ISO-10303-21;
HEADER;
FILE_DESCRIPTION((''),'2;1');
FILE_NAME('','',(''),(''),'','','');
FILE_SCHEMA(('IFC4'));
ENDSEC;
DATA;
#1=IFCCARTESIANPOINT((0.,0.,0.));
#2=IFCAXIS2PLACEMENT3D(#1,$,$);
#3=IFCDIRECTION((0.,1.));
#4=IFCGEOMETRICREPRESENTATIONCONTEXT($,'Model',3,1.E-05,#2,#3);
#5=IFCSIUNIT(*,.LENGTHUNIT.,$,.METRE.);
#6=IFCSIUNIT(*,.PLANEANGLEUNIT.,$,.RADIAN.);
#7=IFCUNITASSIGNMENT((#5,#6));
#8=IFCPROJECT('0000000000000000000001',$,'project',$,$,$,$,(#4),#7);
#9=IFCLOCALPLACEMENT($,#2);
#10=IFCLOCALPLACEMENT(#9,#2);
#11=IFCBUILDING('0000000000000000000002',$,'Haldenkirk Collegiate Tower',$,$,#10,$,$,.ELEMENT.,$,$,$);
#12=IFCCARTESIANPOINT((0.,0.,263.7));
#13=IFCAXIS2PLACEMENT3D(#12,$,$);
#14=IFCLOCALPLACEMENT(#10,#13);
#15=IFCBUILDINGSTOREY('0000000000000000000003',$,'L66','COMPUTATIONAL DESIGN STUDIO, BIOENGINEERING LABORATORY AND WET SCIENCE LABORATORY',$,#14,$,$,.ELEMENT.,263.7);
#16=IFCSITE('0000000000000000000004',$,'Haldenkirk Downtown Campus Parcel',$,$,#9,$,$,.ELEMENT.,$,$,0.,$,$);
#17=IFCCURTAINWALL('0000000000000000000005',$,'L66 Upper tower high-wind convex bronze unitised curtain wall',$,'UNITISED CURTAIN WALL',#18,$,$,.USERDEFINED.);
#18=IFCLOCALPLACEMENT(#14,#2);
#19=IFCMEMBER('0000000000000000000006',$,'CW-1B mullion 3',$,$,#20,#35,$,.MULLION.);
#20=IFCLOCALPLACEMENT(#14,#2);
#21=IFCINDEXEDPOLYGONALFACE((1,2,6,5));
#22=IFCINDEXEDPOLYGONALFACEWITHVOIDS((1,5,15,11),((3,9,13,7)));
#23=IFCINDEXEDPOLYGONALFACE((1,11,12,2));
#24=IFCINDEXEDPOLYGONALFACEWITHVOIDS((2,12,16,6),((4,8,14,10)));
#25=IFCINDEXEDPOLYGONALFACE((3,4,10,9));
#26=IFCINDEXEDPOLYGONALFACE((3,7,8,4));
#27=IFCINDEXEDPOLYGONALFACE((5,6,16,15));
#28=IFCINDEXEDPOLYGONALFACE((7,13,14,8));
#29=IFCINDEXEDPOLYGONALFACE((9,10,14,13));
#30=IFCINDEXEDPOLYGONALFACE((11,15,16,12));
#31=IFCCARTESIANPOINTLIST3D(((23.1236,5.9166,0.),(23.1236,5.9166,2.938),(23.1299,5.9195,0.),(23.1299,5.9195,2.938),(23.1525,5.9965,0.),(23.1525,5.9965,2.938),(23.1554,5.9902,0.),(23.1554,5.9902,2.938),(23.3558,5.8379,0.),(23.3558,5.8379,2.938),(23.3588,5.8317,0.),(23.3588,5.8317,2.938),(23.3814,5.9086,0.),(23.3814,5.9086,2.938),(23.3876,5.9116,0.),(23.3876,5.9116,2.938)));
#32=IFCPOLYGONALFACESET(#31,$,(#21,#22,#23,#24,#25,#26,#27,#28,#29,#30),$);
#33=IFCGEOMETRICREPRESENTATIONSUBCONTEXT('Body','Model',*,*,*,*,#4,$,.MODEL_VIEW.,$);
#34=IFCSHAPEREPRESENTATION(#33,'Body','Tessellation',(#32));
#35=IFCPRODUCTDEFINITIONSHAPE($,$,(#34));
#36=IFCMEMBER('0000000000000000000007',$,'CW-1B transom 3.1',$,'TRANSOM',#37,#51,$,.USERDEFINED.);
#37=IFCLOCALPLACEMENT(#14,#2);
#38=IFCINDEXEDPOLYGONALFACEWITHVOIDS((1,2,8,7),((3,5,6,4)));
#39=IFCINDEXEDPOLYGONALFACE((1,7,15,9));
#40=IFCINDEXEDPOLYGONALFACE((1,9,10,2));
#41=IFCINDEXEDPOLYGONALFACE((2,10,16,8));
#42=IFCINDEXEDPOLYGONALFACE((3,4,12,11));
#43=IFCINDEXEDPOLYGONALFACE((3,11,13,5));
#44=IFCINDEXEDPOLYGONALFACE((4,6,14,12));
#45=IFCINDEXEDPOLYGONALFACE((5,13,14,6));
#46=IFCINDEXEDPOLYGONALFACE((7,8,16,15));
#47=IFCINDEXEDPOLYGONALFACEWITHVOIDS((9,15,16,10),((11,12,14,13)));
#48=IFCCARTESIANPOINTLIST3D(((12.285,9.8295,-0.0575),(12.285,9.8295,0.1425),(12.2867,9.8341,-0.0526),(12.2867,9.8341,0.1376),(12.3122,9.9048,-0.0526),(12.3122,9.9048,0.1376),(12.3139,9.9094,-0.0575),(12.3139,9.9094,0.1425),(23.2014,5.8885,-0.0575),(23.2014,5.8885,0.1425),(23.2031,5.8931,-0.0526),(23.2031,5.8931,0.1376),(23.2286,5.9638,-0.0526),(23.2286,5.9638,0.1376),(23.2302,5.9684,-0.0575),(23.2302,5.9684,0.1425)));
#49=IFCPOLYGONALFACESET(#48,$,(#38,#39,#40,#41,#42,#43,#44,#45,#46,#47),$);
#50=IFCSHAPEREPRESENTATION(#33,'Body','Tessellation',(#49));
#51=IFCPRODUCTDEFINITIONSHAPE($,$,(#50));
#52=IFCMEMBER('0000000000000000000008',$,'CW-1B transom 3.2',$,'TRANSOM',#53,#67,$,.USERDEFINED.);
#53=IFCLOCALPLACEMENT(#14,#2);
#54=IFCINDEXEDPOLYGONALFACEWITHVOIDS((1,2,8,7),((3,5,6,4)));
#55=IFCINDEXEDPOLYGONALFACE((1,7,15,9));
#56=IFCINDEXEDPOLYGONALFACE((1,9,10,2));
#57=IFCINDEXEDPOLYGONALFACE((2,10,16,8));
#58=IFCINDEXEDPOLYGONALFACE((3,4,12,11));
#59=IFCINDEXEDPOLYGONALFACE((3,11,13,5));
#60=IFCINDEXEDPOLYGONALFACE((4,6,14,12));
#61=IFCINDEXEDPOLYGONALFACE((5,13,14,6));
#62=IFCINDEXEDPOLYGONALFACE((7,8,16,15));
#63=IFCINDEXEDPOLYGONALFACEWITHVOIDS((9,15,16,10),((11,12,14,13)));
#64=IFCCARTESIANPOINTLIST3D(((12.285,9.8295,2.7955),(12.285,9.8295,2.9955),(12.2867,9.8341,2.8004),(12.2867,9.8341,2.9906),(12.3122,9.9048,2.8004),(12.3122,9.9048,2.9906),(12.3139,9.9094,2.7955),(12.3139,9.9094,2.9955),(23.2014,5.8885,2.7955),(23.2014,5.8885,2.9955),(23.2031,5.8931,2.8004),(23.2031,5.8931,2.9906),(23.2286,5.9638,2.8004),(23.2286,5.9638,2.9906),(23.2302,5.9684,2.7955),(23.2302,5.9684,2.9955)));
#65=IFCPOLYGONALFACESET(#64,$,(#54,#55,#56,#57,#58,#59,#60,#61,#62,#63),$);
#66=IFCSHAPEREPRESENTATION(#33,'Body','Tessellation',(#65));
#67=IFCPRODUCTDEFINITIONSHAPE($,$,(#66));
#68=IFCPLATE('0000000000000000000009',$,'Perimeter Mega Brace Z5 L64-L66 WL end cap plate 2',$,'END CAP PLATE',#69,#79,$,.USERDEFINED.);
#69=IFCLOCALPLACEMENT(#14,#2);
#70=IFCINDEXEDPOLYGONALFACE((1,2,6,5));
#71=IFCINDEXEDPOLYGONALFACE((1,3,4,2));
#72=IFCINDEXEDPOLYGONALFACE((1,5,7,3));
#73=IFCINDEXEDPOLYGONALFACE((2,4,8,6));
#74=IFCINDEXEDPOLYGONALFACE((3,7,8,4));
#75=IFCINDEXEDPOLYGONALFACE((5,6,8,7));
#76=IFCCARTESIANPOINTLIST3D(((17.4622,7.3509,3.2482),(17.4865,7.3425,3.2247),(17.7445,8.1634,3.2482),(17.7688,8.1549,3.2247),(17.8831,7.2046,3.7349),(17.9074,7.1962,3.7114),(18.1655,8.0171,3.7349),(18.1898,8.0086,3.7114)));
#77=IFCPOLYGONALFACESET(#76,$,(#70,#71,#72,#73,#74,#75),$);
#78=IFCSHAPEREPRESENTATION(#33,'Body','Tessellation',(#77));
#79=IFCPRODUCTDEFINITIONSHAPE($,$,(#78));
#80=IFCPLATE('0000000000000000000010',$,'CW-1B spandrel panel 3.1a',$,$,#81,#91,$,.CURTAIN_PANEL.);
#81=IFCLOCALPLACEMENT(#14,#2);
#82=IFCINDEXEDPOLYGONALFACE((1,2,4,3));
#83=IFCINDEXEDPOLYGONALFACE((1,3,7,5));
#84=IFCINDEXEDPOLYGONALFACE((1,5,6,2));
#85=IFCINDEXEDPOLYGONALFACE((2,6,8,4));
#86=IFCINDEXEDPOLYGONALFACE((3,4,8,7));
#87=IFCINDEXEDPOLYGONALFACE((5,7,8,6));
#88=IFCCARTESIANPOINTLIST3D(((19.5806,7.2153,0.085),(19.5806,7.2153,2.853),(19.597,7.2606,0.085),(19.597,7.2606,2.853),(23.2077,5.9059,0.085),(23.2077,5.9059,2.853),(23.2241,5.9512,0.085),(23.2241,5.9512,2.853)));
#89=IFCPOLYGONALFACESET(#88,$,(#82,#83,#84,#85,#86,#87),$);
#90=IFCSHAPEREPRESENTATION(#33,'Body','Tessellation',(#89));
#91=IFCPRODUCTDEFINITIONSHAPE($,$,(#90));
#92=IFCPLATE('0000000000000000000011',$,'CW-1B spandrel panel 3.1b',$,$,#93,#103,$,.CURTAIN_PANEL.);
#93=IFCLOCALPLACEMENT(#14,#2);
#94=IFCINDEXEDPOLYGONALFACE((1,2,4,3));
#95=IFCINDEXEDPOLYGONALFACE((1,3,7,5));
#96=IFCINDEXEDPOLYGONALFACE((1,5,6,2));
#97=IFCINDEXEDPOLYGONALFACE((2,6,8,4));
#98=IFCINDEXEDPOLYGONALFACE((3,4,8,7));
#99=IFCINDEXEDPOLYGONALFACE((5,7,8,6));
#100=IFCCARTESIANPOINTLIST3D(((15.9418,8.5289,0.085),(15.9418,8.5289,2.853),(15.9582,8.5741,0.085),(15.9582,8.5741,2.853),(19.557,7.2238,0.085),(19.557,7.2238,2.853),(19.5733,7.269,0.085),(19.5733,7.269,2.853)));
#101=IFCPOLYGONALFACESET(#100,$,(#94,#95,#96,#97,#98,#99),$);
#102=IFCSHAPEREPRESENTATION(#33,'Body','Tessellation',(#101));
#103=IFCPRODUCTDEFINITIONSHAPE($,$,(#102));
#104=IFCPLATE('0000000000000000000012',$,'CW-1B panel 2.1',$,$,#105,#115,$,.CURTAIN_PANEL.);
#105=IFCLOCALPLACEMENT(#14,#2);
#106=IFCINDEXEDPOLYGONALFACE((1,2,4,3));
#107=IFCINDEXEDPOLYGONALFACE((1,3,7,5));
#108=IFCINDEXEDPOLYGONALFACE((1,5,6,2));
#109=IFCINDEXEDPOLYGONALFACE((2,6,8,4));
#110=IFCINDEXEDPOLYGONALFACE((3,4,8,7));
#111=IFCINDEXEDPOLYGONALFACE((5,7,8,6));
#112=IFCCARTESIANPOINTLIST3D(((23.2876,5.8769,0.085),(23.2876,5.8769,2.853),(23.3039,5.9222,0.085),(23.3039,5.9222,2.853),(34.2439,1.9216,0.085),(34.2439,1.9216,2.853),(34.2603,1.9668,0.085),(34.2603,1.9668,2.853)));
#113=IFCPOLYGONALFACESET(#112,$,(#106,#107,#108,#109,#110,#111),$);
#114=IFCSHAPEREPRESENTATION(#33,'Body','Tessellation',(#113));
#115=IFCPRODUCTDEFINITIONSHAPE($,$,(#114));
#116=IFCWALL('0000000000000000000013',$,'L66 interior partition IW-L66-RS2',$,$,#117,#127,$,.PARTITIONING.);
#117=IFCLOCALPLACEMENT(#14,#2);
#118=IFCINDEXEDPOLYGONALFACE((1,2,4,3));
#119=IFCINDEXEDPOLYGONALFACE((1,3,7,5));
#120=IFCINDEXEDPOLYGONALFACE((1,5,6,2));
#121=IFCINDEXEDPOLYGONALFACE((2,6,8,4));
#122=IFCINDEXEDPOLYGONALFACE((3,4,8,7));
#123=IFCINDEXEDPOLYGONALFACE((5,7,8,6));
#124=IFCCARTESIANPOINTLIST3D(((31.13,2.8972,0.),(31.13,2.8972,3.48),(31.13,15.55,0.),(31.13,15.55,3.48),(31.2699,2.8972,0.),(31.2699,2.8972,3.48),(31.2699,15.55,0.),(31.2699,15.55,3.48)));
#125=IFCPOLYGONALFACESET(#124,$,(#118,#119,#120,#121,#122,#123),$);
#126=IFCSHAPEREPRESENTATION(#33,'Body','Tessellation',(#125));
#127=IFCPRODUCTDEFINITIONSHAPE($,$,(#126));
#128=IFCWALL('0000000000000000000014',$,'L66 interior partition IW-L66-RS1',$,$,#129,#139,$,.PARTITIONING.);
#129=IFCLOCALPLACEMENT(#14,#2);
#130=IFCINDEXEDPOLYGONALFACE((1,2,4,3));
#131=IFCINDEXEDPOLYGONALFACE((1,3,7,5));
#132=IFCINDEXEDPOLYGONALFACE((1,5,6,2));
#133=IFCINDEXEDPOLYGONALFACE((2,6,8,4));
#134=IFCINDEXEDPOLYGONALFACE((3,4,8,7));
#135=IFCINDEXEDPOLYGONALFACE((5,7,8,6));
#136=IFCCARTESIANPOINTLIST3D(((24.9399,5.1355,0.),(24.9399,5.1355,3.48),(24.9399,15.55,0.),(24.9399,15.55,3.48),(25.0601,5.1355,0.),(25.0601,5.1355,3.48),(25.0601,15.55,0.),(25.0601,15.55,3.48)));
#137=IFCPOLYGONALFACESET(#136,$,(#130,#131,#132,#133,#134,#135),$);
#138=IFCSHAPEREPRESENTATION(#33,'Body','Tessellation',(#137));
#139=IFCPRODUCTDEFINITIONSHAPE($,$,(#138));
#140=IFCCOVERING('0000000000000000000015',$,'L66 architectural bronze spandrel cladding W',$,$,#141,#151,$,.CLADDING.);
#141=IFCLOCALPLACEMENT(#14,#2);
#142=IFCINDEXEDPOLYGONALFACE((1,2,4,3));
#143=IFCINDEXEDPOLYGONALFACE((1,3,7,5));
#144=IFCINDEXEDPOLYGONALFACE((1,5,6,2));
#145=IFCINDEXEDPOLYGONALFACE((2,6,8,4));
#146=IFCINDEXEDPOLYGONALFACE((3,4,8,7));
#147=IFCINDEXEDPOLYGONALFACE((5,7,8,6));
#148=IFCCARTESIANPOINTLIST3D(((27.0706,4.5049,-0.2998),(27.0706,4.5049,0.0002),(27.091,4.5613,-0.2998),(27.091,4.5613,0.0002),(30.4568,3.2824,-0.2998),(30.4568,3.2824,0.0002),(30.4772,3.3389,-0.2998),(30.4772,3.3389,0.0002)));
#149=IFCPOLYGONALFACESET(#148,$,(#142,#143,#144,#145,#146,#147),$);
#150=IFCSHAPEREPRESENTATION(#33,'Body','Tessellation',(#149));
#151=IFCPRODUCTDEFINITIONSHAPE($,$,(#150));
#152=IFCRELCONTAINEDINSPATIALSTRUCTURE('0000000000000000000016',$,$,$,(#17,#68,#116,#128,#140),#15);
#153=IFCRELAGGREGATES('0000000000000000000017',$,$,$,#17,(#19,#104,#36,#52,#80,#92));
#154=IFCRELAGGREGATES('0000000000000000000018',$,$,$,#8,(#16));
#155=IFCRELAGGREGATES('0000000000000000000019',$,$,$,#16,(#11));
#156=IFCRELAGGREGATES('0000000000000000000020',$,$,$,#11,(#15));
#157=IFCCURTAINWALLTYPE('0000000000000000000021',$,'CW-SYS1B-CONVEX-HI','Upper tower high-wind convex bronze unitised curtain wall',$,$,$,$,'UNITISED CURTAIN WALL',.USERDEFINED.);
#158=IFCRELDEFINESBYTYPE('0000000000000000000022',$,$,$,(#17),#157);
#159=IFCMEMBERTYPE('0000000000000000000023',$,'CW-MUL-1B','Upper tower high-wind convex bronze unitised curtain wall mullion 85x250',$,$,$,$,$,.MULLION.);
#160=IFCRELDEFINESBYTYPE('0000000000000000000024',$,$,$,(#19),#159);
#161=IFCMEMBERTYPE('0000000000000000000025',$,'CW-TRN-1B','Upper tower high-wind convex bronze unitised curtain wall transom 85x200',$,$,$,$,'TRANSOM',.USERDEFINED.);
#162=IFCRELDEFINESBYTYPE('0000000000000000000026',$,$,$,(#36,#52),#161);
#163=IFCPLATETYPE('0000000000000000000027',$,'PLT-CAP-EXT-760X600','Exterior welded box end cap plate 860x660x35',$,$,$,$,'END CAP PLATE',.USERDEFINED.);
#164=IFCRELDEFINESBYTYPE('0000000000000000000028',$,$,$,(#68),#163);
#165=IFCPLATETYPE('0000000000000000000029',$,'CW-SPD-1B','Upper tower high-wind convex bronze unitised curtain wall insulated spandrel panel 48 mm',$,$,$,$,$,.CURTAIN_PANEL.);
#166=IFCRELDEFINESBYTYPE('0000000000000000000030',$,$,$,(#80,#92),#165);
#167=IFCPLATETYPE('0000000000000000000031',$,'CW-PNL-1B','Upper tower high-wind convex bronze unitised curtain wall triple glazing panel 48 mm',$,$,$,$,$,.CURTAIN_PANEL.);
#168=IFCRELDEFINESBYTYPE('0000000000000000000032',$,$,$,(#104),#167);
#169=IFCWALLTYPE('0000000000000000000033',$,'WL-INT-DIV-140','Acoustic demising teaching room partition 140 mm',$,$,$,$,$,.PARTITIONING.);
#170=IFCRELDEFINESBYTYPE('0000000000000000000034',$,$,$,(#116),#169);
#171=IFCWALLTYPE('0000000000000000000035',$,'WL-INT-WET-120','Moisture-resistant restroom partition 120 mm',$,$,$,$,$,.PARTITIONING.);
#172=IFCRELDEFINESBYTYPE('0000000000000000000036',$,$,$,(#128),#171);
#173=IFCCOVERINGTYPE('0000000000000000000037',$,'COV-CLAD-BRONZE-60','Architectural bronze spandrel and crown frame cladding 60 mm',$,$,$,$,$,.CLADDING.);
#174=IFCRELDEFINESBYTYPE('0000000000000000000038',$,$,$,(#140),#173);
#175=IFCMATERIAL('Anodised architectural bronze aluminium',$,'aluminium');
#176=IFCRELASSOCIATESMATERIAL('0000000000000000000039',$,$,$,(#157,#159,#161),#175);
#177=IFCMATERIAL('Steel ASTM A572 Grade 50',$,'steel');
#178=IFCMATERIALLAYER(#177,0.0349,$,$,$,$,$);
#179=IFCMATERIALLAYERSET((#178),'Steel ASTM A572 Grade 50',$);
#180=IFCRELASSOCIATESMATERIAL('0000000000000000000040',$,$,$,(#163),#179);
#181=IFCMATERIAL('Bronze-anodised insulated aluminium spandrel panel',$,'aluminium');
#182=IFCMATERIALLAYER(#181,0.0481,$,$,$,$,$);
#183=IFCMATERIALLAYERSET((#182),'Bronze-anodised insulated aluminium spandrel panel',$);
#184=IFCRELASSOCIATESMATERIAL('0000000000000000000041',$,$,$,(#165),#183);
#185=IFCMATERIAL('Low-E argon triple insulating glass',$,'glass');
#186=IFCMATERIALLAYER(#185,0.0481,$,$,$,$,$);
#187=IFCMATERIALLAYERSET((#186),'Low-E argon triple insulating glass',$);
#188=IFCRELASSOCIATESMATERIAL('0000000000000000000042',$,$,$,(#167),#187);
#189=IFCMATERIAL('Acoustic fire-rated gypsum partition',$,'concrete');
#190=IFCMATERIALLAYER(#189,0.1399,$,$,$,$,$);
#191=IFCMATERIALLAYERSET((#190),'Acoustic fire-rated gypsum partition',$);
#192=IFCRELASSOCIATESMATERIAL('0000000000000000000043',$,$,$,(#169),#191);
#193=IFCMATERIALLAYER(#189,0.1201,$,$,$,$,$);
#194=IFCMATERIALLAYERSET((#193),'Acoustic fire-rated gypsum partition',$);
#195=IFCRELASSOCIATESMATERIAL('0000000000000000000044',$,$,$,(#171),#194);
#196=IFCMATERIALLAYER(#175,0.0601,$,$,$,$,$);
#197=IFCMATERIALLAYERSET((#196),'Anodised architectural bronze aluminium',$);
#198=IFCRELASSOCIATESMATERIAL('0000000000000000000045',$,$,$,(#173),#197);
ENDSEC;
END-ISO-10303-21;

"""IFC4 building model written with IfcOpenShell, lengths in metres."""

from ifc_helpers import new_model, si_unit, direction, frame, frame_2d, origin, origin_2d, place, context, subcontext, project, spatial, rectangle, hollow_rectangle, extrude, source, transform, mapped, material, layer, layer_set, material_profile, profile_set, type_object, element, aggregate, save


model = new_model("IFC4")

# Units and contexts
model_context = context("Model", 3, precision=1e-05, world=origin(), true_north=direction((0.0, 1.0)))
body_context = subcontext(model_context, "Body", "Model", "MODEL_VIEW")
ifc_project = project(units=[si_unit("LENGTHUNIT", "METRE"), si_unit("PLANEANGLEUNIT", "RADIAN")], contexts=[model_context])

# Site, building, storey
site_placement = place(None, origin())
site = spatial("IfcSite", under=ifc_project, at=site_placement, Name="Haldenkirk Downtown Campus Parcel", CompositionType="ELEMENT", RefElevation=0.0)
building_placement = place(site_placement, origin())
building = spatial("IfcBuilding", under=site, at=building_placement, Name="Haldenkirk Collegiate Tower", CompositionType="ELEMENT")
storey_placement = place(building_placement, frame((0.0, 0.0, 263.7)))
storey = spatial("IfcBuildingStorey", under=building, at=storey_placement, Name="L66", Description="COMPUTATIONAL DESIGN STUDIO, BIOENGINEERING LABORATORY AND WET SCIENCE LABORATORY", CompositionType="ELEMENT", Elevation=263.7)

# Curtain wall, members
ifc_material_1 = material(Name="Anodised architectural bronze aluminium", Category="aluminium")
curtain_wall_type = type_object("IfcCurtainWallType", Name="CW-SYS1B-CONVEX-HI", Description="Upper tower high-wind convex bronze unitised curtain wall", ElementType="UNITISED CURTAIN WALL", PredefinedType="USERDEFINED", material=ifc_material_1)
curtain_wall_placement = place(storey_placement, origin())
curtain_wall = element("IfcCurtainWall", 1, at=curtain_wall_placement, inside=storey, type_object=curtain_wall_type, Name="L66 Upper tower high-wind convex bronze unitised curtain wall", ObjectType="UNITISED CURTAIN WALL", PredefinedType="USERDEFINED")
ifc_material_profile_1 = material_profile(ifc_material_1, hollow_rectangle(XDim=0.085, YDim=0.25, WallThickness=0.0049, at=origin_2d()), Name="CW-MUL-1B")
ifc_profile_set_1 = profile_set([ifc_material_profile_1], Name="Anodised architectural bronze aluminium")
member_type_1 = type_object("IfcMemberType", Name="CW-MUL-1B", Description="Upper tower high-wind convex bronze unitised curtain wall mullion 85x250", PredefinedType="MULLION", material=ifc_profile_set_1)
member_1_placement = place(storey_placement, frame((23.2556, 5.9141, 0.0), z_axis=(0.0, 0.0, 1.0), x_axis=(-0.339559, -0.940585, 0.0)))
member_1 = element("IfcMember", 2, at=member_1_placement, type_object=member_type_1, Name="CW-1B mullion 3", PredefinedType="MULLION", context=body_context, shape_type="SweptSolid", body=[
    extrude(hollow_rectangle(XDim=0.085, YDim=0.25, WallThickness=0.0049, at=origin_2d()), origin(), (0.0, 0.0, 1.0), 2.938),
])
ifc_material_profile_2 = material_profile(ifc_material_1, hollow_rectangle(XDim=0.085, YDim=0.2, WallThickness=0.0049, at=origin_2d()), Name="CW-TRN-1B")
ifc_profile_set_2 = profile_set([ifc_material_profile_2], Name="Anodised architectural bronze aluminium")
member_type_2 = type_object("IfcMemberType", Name="CW-TRN-1B", Description="Upper tower high-wind convex bronze unitised curtain wall transom 85x200", ElementType="TRANSOM", PredefinedType="USERDEFINED", material=ifc_profile_set_2)
member_2_placement = place(storey_placement, frame((23.2158, 5.9285, 0.0425), z_axis=(-0.940583, 0.339563, 0.0), x_axis=(-0.339563, -0.940583, 0.0)))
member_2 = element("IfcMember", 3, at=member_2_placement, type_object=member_type_2, Name="CW-1B transom 3.1", ObjectType="TRANSOM", PredefinedType="USERDEFINED", context=body_context, shape_type="SweptSolid", body=[
    extrude(hollow_rectangle(XDim=0.085, YDim=0.2, WallThickness=0.0049, at=origin_2d()), origin(), (0.0, 0.0, 1.0), 11.606),
])
member_3_placement = place(storey_placement, frame((23.2158, 5.9285, 2.8955), z_axis=(-0.940583, 0.339563, 0.0), x_axis=(-0.339563, -0.940583, 0.0)))
member_3 = element("IfcMember", 4, at=member_3_placement, type_object=member_type_2, Name="CW-1B transom 3.2", ObjectType="TRANSOM", PredefinedType="USERDEFINED", context=body_context, shape_type="SweptSolid", body=[
    extrude(hollow_rectangle(XDim=0.085, YDim=0.2, WallThickness=0.0049, at=origin_2d()), origin(), (0.0, 0.0, 1.0), 11.606),
])

# Plates
ifc_material_2 = material(Name="Steel ASTM A572 Grade 50", Category="steel")
ifc_layer_1 = layer(ifc_material_2, 0.0349)
ifc_layer_set_1 = layer_set([ifc_layer_1], Name="Steel ASTM A572 Grade 50")
plate_type_1 = type_object("IfcPlateType", Name="PLT-CAP-EXT-760X600", Description="Exterior welded box end cap plate 860x660x35", ElementType="END CAP PLATE", PredefinedType="USERDEFINED", material=ifc_layer_set_1)
shared_shape_1 = source(origin(), body_context, "Body", "SweptSolid", [
    extrude(rectangle(XDim=0.8601, YDim=0.6599, at=origin_2d()), origin(), (0.0, 0.0, 1.0), 0.0349),
])
plate_1_placement = place(storey_placement, frame((17.8381, 7.6755, 3.468), z_axis=(-0.69665, 0.242113, 0.675322), x_axis=(-0.328279, -0.944581, 0.0)))
element("IfcPlate", 5, at=plate_1_placement, inside=storey, type_object=plate_type_1, Name="Perimeter Mega Brace Z5 L64-L66 WL end cap plate 2", ObjectType="END CAP PLATE", PredefinedType="USERDEFINED", context=body_context, shape_type="MappedRepresentation", body=[
    mapped(shared_shape_1, transform((0.0, 0.0, 0.0), x_axis=(1.0, 0.0, 0.0), y_axis=(0.0, 1.0, 0.0), z_axis=(0.0, 0.0, 1.0), scale=1.0)),
])
ifc_material_3 = material(Name="Bronze-anodised insulated aluminium spandrel panel", Category="aluminium")
ifc_layer_2 = layer(ifc_material_3, 0.0481)
ifc_layer_set_2 = layer_set([ifc_layer_2], Name="Bronze-anodised insulated aluminium spandrel panel")
plate_type_2 = type_object("IfcPlateType", Name="CW-SPD-1B", Description="Upper tower high-wind convex bronze unitised curtain wall insulated spandrel panel 48 mm", PredefinedType="CURTAIN_PANEL", material=ifc_layer_set_2)
shared_shape_2 = source(origin(), body_context, "Body", "SweptSolid", [
    extrude(rectangle(XDim=3.8562, YDim=0.0481, at=origin_2d()), origin(), (0.0, 0.0, 1.0), 2.7681),
])
plate_2_placement = place(storey_placement, frame((21.4023, 6.5833, 0.085), z_axis=(0.0, 0.0, 1.0), x_axis=(-0.940585, 0.339559, 0.0)))
plate_2 = element("IfcPlate", 6, at=plate_2_placement, type_object=plate_type_2, Name="CW-1B spandrel panel 3.1a", PredefinedType="CURTAIN_PANEL", context=body_context, shape_type="MappedRepresentation", body=[
    mapped(shared_shape_2, transform((0.0, 0.0, 0.0), x_axis=(1.0, 0.0, 0.0), y_axis=(0.0, 1.0, 0.0), z_axis=(0.0, 0.0, 1.0), scale=1.0)),
])
shared_shape_3 = source(origin(), body_context, "Body", "SweptSolid", [
    extrude(rectangle(XDim=3.8435, YDim=0.0481, at=origin_2d()), origin(), (0.0, 0.0, 1.0), 2.7681),
])
plate_3_placement = place(storey_placement, frame((17.7576, 7.8989, 0.085), z_axis=(0.0, 0.0, 1.0), x_axis=(-0.940585, 0.339559, 0.0)))
plate_3 = element("IfcPlate", 7, at=plate_3_placement, type_object=plate_type_2, Name="CW-1B spandrel panel 3.1b", PredefinedType="CURTAIN_PANEL", context=body_context, shape_type="MappedRepresentation", body=[
    mapped(shared_shape_3, transform((0.0, 0.0, 0.0), x_axis=(1.0, 0.0, 0.0), y_axis=(0.0, 1.0, 0.0), z_axis=(0.0, 0.0, 1.0), scale=1.0)),
])
ifc_material_4 = material(Name="Low-E argon triple insulating glass", Category="glass")
ifc_layer_3 = layer(ifc_material_4, 0.0481)
ifc_layer_set_3 = layer_set([ifc_layer_3], Name="Low-E argon triple insulating glass")
plate_type_3 = type_object("IfcPlateType", Name="CW-PNL-1B", Description="Upper tower high-wind convex bronze unitised curtain wall triple glazing panel 48 mm", PredefinedType="CURTAIN_PANEL", material=ifc_layer_set_3)
shared_shape_4 = source(origin(), body_context, "Body", "SweptSolid", [
    extrude(rectangle(XDim=11.6484, YDim=0.0481, at=origin_2d()), origin(), (0.0, 0.0, 1.0), 2.7681),
])
plate_4_placement = place(storey_placement, frame((28.7739, 3.9219, 0.085), z_axis=(0.0, 0.0, 1.0), x_axis=(-0.940585, 0.339559, 0.0)))
plate_4 = element("IfcPlate", 8, at=plate_4_placement, type_object=plate_type_3, Name="CW-1B panel 2.1", PredefinedType="CURTAIN_PANEL", context=body_context, shape_type="MappedRepresentation", body=[
    mapped(shared_shape_4, transform((0.0, 0.0, 0.0), x_axis=(1.0, 0.0, 0.0), y_axis=(0.0, 1.0, 0.0), z_axis=(0.0, 0.0, 1.0), scale=1.0)),
])
aggregate(curtain_wall, [member_1, plate_4, member_2, member_3, plate_2, plate_3])

# Walls
ifc_material_5 = material(Name="Acoustic fire-rated gypsum partition", Category="concrete")
ifc_layer_4 = layer(ifc_material_5, 0.1399)
ifc_layer_set_4 = layer_set([ifc_layer_4], Name="Acoustic fire-rated gypsum partition")
wall_type_1 = type_object("IfcWallType", Name="WL-INT-DIV-140", Description="Acoustic demising teaching room partition 140 mm", PredefinedType="PARTITIONING", material=ifc_layer_set_4)
wall_1_placement = place(storey_placement, frame((31.2, 2.8972, 0.0), z_axis=(0.0, 0.0, 1.0), x_axis=(0.0, 1.0, 0.0)))
element("IfcWall", 9, at=wall_1_placement, inside=storey, type_object=wall_type_1, Name="L66 interior partition IW-L66-RS2", PredefinedType="PARTITIONING", context=body_context, shape_type="SweptSolid", body=[
    extrude(rectangle(XDim=12.6528, YDim=0.1399, at=frame_2d((6.3264, 0.0))), origin(), (0.0, 0.0, 1.0), 3.48),
])
ifc_layer_5 = layer(ifc_material_5, 0.1201)
ifc_layer_set_5 = layer_set([ifc_layer_5], Name="Acoustic fire-rated gypsum partition")
wall_type_2 = type_object("IfcWallType", Name="WL-INT-WET-120", Description="Moisture-resistant restroom partition 120 mm", PredefinedType="PARTITIONING", material=ifc_layer_set_5)
wall_2_placement = place(storey_placement, frame((25.0, 5.1355, 0.0), z_axis=(0.0, 0.0, 1.0), x_axis=(0.0, 1.0, 0.0)))
element("IfcWall", 10, at=wall_2_placement, inside=storey, type_object=wall_type_2, Name="L66 interior partition IW-L66-RS1", PredefinedType="PARTITIONING", context=body_context, shape_type="SweptSolid", body=[
    extrude(rectangle(XDim=10.4146, YDim=0.1201, at=frame_2d((5.2073, 0.0))), origin(), (0.0, 0.0, 1.0), 3.48),
])

# Covering
ifc_layer_6 = layer(ifc_material_1, 0.0601)
ifc_layer_set_6 = layer_set([ifc_layer_6], Name="Anodised architectural bronze aluminium")
covering_type = type_object("IfcCoveringType", Name="COV-CLAD-BRONZE-60", Description="Architectural bronze spandrel and crown frame cladding 60 mm", PredefinedType="CLADDING", material=ifc_layer_set_6)
shared_shape_5 = source(origin(), body_context, "Body", "SweptSolid", [
    extrude(rectangle(XDim=3.6001, YDim=0.0601, at=origin_2d()), origin(), (0.0, 0.0, 1.0), 0.3),
])
covering_placement = place(storey_placement, frame((28.7739, 3.9219, -0.2998), z_axis=(0.0, 0.0, 1.0), x_axis=(-0.940585, 0.339559, 0.0)))
element("IfcCovering", 11, at=covering_placement, inside=storey, type_object=covering_type, Name="L66 architectural bronze spandrel cladding W", PredefinedType="CLADDING", context=body_context, shape_type="MappedRepresentation", body=[
    mapped(shared_shape_5, transform((0.0, 0.0, 0.0), x_axis=(1.0, 0.0, 0.0), y_axis=(0.0, 1.0, 0.0), z_axis=(0.0, 0.0, 1.0), scale=1.0)),
])

save(model, "model.ifc")
